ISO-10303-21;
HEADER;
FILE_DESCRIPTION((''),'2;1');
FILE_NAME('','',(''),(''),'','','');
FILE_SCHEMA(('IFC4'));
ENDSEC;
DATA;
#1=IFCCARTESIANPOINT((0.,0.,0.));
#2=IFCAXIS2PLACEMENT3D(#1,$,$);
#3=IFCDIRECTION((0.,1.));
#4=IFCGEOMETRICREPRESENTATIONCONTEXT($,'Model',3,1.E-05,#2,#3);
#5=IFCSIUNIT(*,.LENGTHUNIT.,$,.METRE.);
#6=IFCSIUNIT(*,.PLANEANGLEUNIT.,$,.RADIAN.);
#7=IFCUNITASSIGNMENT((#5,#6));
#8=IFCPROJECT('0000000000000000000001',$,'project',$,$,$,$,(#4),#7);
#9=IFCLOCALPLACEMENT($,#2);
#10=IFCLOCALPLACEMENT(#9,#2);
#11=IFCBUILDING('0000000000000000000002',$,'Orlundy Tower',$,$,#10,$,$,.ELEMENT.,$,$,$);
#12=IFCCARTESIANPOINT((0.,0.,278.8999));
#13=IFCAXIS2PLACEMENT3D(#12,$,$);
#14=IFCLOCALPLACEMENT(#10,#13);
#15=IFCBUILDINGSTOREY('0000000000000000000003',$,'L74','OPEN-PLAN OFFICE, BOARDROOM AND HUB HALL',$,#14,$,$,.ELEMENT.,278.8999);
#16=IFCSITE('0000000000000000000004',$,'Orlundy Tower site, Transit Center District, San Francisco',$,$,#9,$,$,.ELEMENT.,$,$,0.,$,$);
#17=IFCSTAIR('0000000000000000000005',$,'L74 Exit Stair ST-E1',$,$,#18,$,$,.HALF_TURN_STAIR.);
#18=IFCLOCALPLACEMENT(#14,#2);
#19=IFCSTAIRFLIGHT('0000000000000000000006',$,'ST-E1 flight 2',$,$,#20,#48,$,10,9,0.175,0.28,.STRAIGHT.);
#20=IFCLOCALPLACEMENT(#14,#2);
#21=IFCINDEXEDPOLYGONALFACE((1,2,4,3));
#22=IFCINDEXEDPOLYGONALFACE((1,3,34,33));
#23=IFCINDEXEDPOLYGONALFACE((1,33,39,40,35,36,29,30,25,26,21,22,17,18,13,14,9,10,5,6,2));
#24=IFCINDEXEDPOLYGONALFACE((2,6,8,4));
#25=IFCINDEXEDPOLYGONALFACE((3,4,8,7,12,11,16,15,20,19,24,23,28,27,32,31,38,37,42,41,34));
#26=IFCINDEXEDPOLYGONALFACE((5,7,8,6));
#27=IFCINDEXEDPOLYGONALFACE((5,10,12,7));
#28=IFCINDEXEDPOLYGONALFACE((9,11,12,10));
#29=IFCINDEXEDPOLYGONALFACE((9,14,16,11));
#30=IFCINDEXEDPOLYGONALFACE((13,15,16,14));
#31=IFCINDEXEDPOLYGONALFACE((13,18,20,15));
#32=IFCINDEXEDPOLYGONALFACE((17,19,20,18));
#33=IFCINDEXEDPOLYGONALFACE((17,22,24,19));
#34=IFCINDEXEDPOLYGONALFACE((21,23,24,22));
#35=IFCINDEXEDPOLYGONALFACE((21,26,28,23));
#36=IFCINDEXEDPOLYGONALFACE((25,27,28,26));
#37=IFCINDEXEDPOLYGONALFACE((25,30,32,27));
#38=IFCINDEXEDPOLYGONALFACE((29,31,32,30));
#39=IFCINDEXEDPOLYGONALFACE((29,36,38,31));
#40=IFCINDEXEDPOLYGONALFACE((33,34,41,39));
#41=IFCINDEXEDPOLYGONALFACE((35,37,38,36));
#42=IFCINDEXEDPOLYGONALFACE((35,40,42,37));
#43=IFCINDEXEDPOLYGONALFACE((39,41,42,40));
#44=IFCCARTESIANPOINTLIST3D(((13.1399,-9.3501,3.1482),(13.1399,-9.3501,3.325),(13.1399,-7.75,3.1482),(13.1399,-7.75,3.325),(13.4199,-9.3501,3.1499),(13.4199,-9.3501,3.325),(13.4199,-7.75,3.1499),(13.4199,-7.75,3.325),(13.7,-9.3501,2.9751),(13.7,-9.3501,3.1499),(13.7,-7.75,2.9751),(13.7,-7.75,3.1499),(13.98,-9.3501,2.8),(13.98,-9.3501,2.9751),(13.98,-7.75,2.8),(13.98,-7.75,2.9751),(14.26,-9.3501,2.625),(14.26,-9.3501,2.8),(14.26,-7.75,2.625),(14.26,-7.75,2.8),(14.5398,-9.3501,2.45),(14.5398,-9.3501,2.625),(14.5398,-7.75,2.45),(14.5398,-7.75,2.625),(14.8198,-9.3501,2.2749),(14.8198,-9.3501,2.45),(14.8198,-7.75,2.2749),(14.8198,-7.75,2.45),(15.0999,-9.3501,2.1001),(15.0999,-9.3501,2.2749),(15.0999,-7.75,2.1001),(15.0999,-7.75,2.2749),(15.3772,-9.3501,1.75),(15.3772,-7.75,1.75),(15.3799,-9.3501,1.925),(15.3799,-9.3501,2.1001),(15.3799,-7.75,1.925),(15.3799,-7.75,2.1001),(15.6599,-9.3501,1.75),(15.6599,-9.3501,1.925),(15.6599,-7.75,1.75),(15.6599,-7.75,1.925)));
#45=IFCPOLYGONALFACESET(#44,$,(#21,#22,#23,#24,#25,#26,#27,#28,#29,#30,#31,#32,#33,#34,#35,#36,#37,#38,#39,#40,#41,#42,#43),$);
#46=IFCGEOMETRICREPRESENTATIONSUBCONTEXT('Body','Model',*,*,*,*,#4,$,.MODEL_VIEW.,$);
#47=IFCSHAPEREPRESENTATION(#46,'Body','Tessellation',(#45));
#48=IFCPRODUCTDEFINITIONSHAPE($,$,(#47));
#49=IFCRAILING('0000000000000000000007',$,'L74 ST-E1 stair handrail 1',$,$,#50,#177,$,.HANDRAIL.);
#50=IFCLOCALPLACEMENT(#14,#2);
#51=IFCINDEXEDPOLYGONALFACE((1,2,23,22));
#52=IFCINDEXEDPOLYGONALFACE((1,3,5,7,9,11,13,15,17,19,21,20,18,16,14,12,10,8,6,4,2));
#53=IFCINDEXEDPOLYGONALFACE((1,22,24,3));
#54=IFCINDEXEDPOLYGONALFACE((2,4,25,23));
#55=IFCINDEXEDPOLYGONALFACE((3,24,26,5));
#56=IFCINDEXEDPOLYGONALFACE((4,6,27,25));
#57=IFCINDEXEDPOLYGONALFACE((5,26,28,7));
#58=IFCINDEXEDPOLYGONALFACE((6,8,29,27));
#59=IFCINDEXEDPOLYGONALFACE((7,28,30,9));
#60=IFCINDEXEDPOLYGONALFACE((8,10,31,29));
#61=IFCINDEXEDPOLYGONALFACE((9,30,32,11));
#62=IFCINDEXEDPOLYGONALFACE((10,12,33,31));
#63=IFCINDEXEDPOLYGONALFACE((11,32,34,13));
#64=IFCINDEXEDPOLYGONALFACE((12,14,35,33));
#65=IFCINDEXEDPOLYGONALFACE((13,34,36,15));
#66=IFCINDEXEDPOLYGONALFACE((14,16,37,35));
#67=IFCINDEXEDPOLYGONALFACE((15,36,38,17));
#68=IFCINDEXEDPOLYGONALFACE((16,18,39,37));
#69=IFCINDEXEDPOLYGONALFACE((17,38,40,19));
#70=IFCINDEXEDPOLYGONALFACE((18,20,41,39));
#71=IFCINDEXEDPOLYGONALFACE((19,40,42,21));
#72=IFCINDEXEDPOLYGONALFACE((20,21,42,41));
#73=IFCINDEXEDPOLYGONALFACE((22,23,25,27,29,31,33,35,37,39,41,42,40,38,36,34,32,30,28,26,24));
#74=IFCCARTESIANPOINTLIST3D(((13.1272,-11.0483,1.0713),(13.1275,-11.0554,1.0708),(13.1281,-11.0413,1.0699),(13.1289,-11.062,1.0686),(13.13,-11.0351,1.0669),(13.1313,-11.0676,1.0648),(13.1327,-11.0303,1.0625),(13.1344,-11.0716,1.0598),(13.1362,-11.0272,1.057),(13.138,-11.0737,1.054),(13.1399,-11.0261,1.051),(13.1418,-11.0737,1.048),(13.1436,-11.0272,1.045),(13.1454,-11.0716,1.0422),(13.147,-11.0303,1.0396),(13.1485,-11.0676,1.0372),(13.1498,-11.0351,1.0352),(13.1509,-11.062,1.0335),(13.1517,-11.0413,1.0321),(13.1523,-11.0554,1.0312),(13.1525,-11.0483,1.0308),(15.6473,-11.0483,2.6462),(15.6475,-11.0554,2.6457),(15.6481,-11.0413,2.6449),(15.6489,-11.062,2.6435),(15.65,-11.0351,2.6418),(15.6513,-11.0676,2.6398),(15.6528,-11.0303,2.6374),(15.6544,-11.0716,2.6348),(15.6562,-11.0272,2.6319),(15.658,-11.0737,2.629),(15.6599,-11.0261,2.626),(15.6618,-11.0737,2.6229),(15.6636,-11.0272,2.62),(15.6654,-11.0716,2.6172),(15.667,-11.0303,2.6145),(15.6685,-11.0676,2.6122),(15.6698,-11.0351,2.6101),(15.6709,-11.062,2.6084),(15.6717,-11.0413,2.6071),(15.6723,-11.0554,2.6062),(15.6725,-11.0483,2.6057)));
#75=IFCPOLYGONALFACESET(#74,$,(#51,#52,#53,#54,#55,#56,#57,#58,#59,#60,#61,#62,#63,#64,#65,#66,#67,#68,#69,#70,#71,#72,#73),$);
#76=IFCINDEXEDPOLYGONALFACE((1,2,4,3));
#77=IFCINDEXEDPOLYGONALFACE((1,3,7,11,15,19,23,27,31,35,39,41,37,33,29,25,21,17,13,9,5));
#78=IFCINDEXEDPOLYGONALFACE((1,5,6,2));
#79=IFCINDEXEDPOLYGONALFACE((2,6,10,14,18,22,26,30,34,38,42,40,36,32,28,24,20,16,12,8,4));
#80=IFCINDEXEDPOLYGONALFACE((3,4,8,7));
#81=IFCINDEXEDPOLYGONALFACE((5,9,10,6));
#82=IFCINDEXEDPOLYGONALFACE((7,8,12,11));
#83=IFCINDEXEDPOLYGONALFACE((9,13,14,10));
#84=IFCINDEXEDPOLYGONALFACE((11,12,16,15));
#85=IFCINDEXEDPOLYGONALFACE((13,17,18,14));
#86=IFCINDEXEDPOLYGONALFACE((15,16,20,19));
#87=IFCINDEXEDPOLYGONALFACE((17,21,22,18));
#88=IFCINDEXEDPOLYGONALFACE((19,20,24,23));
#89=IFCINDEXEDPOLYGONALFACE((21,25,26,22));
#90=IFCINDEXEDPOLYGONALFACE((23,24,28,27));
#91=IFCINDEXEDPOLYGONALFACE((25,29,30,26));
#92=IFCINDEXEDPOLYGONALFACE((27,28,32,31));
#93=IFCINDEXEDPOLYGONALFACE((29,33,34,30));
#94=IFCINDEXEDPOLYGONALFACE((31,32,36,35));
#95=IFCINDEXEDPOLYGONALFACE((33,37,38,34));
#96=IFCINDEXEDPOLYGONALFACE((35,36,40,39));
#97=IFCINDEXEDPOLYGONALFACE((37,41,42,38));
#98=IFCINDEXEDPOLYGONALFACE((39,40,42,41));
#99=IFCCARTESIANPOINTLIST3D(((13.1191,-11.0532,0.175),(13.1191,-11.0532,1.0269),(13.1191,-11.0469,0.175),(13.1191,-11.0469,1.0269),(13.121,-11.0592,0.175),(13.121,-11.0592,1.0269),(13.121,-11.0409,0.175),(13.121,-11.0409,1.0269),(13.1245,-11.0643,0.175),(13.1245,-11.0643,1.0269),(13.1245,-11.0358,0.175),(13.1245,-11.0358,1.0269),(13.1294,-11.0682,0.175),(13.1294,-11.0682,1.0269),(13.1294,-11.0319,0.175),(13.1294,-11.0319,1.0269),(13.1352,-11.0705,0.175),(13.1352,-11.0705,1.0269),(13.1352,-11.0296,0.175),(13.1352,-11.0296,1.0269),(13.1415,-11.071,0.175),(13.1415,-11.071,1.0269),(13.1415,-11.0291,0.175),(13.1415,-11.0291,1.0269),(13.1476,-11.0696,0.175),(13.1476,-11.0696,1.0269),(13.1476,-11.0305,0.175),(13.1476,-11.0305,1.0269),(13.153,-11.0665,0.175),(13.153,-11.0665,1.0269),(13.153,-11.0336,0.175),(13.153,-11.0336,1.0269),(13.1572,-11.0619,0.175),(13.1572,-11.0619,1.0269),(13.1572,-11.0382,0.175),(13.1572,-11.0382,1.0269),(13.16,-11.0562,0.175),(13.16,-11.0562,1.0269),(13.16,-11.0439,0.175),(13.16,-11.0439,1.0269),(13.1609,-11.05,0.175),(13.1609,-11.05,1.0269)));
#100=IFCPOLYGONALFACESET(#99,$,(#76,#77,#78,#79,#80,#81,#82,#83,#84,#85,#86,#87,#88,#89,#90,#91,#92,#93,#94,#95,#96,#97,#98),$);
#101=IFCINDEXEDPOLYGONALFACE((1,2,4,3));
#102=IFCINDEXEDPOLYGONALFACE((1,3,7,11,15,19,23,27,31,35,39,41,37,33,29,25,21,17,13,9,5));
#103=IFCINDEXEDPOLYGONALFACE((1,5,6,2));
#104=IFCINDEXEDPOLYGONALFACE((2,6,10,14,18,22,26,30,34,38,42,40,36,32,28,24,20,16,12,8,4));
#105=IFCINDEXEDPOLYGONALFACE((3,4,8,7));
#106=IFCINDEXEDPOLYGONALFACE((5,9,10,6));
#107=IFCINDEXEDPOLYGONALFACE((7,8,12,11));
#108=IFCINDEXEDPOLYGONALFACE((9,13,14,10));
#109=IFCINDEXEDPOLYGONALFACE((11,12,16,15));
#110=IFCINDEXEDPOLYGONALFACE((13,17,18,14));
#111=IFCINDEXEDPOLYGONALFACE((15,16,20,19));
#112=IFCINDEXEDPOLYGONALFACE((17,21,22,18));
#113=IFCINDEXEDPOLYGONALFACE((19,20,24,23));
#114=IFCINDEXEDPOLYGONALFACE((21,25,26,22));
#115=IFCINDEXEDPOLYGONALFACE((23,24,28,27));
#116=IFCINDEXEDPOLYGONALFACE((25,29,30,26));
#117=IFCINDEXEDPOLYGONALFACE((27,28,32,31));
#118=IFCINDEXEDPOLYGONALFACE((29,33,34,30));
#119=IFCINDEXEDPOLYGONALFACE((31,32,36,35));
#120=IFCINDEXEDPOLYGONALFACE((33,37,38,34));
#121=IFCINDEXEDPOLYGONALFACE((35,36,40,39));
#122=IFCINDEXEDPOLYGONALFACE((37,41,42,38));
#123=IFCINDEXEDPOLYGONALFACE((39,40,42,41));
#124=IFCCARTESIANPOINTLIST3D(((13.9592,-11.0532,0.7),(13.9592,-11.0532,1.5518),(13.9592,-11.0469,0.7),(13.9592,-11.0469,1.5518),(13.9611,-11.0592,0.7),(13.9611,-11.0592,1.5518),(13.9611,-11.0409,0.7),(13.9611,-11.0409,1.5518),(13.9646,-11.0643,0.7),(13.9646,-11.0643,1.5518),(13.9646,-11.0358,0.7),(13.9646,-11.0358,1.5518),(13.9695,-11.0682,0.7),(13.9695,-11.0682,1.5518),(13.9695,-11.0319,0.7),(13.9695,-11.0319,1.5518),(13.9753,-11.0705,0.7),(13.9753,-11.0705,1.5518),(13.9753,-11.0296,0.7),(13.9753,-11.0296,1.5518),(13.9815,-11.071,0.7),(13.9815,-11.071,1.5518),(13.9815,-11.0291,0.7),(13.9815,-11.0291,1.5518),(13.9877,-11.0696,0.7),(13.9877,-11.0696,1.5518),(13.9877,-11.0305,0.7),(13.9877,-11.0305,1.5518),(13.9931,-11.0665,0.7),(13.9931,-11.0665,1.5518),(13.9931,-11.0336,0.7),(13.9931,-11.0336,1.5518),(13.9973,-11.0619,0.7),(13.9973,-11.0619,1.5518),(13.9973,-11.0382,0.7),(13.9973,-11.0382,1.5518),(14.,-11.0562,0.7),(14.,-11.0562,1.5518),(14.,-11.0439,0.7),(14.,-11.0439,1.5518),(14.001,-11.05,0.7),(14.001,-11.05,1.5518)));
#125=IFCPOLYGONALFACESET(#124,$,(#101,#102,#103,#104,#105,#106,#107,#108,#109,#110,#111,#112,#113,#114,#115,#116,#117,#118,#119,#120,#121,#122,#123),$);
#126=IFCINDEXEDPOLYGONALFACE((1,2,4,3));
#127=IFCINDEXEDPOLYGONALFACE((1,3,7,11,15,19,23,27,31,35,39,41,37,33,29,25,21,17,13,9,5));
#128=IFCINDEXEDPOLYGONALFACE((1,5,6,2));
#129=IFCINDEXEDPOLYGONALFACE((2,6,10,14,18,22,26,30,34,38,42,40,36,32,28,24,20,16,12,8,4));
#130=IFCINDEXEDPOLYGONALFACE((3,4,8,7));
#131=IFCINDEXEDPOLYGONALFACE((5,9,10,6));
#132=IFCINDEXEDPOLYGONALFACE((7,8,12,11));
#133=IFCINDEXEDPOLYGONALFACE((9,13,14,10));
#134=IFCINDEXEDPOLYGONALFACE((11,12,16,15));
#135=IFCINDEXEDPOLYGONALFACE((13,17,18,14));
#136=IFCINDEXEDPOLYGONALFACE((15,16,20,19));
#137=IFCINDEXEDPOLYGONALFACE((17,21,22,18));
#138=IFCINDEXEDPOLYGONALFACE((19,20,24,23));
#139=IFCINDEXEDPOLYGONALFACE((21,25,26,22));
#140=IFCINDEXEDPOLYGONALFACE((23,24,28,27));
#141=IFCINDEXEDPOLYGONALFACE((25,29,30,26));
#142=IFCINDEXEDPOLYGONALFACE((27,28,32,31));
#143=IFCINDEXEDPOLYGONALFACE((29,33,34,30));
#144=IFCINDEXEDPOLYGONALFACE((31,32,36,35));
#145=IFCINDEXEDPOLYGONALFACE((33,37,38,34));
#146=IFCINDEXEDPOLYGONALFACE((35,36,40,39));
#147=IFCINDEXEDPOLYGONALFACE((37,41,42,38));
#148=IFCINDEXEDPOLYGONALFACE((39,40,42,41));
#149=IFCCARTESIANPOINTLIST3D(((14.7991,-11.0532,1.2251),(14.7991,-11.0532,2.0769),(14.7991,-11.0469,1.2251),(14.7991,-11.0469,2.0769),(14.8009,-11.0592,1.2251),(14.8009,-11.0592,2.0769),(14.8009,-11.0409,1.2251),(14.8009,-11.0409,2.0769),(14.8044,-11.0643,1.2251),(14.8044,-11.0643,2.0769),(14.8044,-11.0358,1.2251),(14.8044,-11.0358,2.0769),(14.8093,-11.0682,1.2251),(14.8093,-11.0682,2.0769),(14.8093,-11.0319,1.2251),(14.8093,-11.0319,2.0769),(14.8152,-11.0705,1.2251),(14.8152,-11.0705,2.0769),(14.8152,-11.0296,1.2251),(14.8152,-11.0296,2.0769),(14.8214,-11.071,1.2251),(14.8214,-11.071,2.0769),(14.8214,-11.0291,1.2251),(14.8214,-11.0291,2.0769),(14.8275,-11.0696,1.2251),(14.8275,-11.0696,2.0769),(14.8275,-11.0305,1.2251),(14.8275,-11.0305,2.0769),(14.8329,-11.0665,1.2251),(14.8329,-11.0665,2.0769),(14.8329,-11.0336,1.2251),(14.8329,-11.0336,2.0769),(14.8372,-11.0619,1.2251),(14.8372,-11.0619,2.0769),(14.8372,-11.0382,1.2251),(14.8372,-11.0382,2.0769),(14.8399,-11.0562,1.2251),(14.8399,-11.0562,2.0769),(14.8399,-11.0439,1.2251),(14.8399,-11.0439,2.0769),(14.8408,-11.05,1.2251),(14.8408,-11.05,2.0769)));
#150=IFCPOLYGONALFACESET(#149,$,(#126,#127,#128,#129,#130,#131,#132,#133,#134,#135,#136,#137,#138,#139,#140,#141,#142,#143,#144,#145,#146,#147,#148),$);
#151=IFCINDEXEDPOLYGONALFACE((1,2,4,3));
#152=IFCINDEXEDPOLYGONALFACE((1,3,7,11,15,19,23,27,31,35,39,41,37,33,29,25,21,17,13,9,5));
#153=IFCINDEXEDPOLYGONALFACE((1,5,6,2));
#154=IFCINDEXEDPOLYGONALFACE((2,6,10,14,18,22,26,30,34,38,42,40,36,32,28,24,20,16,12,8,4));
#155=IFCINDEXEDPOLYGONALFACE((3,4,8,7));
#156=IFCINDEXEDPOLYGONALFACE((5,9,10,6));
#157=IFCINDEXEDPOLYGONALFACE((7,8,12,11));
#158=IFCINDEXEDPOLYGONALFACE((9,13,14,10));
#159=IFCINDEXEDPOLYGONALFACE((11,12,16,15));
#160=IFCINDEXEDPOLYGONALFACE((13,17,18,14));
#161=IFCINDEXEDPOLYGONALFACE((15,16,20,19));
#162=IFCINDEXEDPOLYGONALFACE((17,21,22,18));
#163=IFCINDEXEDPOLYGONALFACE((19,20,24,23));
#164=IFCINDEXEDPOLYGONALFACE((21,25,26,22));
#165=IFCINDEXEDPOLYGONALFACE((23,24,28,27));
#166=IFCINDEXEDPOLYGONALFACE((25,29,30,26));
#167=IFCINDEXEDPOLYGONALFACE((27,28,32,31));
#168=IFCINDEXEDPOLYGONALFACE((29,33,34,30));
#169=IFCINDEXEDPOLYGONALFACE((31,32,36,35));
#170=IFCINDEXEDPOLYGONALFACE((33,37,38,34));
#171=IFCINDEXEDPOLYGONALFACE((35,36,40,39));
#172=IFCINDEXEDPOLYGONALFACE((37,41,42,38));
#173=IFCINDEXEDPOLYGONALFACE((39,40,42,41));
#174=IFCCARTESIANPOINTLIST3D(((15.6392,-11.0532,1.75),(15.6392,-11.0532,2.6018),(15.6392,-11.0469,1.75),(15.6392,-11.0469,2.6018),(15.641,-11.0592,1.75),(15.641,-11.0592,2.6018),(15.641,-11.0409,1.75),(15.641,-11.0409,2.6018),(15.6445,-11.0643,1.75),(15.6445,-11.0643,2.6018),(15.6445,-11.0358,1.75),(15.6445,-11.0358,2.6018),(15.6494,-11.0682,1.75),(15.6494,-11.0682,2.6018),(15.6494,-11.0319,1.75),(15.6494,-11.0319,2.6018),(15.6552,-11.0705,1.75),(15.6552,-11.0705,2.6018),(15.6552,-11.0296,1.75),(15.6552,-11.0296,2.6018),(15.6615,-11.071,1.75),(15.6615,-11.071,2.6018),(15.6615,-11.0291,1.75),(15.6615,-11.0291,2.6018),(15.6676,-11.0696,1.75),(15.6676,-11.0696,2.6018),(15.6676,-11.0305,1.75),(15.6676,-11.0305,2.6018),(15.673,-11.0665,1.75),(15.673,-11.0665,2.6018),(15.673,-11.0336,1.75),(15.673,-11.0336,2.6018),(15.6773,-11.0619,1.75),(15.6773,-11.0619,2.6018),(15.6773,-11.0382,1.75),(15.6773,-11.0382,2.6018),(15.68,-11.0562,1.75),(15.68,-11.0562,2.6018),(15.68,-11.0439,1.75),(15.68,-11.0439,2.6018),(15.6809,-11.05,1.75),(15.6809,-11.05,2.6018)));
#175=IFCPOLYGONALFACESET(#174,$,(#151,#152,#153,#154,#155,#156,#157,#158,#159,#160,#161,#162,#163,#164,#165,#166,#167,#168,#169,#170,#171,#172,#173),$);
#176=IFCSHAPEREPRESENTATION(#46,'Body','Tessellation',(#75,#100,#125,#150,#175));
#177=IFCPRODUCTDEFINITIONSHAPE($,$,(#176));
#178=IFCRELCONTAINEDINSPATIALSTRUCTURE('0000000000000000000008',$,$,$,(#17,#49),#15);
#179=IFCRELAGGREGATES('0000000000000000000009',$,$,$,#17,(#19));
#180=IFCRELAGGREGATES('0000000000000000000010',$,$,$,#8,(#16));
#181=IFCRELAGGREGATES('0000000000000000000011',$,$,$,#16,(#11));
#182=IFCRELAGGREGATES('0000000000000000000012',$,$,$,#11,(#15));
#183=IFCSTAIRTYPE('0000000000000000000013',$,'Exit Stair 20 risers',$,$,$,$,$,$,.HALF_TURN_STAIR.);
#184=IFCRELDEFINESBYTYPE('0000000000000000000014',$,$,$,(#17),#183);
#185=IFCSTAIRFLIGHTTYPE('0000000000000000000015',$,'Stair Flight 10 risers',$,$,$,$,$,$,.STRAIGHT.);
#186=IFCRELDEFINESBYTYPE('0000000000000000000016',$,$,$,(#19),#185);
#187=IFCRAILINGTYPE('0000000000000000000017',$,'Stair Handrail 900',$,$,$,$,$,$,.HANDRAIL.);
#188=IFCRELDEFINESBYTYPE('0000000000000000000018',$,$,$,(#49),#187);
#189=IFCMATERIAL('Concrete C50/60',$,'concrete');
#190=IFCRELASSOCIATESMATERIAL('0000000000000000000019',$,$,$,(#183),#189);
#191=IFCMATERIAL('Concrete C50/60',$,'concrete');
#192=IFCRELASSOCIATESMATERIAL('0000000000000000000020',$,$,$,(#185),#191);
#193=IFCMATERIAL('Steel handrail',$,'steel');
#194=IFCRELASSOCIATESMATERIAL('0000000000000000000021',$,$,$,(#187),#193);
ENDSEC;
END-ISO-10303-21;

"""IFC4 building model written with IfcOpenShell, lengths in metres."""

from ifc_helpers import new_model, si_unit, direction, frame, origin, origin_2d, place, context, subcontext, project, spatial, polyline, circle, outline, extrude, material, type_object, element, aggregate, save


model = new_model("IFC4")

# Units and contexts
model_context = context("Model", 3, precision=1e-05, world=origin(), true_north=direction((0.0, 1.0)))
body_context = subcontext(model_context, "Body", "Model", "MODEL_VIEW")
ifc_project = project(units=[si_unit("LENGTHUNIT", "METRE"), si_unit("PLANEANGLEUNIT", "RADIAN")], contexts=[model_context])

# Site, building, storey
site_placement = place(None, origin())
site = spatial("IfcSite", under=ifc_project, at=site_placement, Name="Orlundy Tower site, Transit Center District, San Francisco", CompositionType="ELEMENT", RefElevation=0.0)
building_placement = place(site_placement, origin())
building = spatial("IfcBuilding", under=site, at=building_placement, Name="Orlundy Tower", CompositionType="ELEMENT")
storey_placement = place(building_placement, frame((0.0, 0.0, 278.8999)))
storey = spatial("IfcBuildingStorey", under=building, at=storey_placement, Name="L74", Description="OPEN-PLAN OFFICE, BOARDROOM AND HUB HALL", CompositionType="ELEMENT", Elevation=278.8999)

# Stair, stair flight
ifc_material_1 = material(Name="Concrete C50/60", Category="concrete")
stair_type = type_object("IfcStairType", Name="Exit Stair 20 risers", PredefinedType="HALF_TURN_STAIR", material=ifc_material_1)
stair_placement = place(storey_placement, origin())
stair = element("IfcStair", 1, at=stair_placement, inside=storey, type_object=stair_type, Name="L74 Exit Stair ST-E1", PredefinedType="HALF_TURN_STAIR")
ifc_material_2 = material(Name="Concrete C50/60", Category="concrete")
stair_flight_type = type_object("IfcStairFlightType", Name="Stair Flight 10 risers", PredefinedType="STRAIGHT", material=ifc_material_2)
stair_flight_1_placement = place(storey_placement, frame((15.6599, -8.55, 1.75), z_axis=(0.0, 0.0, 1.0), x_axis=(-1.0, 0.0, 0.0)))
stair_flight_1 = element("IfcStairFlight", 2, at=stair_flight_1_placement, type_object=stair_flight_type, Name="ST-E1 flight 2", NumberOfRisers=10, NumberOfTreads=9, PredefinedType="STRAIGHT", RiserHeight=0.175, TreadLength=0.28, context=body_context, shape_type="SweptSolid", body=[
    extrude(outline(polyline([(0.0, 0.0), (0.0, 0.175), (0.28, 0.175), (0.28, 0.3501), (0.5601, 0.3501), (0.5601, 0.5249), (0.8401, 0.5249), (0.8401, 0.7), (1.1201, 0.7), (1.1201, 0.875), (1.3999, 0.875), (1.3999, 1.05), (1.6799, 1.05), (1.6799, 1.2251), (1.96, 1.2251), (1.96, 1.3999), (2.24, 1.3999), (2.24, 1.575), (2.52, 1.575), (2.52, 1.75), (2.52, 1.3982), (0.2827, 0.0), (0.0, 0.0)])), frame((0.0, 0.8, 0.0), z_axis=(0.0, -1.0, 0.0), x_axis=(1.0, 0.0, 0.0)), (0.0, 0.0, 1.0), 1.6001),
])
aggregate(stair, [stair_flight_1])

# Railing
ifc_material_3 = material(Name="Steel handrail", Category="steel")
railing_type_1 = type_object("IfcRailingType", Name="Stair Handrail 900", PredefinedType="HANDRAIL", material=ifc_material_3)
railing_1_placement = place(storey_placement, frame((13.1399, -11.05, 0.175)))
element("IfcRailing", 3, at=railing_1_placement, inside=storey, type_object=railing_type_1, Name="L74 ST-E1 stair handrail 1", PredefinedType="HANDRAIL", context=body_context, shape_type="SweptSolid", body=[
    extrude(circle(Radius=0.0239, at=origin_2d()), frame((0.0, 0.0, 0.876), z_axis=(0.848008, 0.0, 0.529984), x_axis=(0.0, 1.0, 0.0)), (0.0, 0.0, 1.0), 2.9717),
    extrude(circle(Radius=0.021, at=origin_2d()), origin(), (0.0, 0.0, 1.0), 0.8518),
    extrude(circle(Radius=0.021, at=origin_2d()), frame((0.8401, 0.0, 0.5249)), (0.0, 0.0, 1.0), 0.8518),
    extrude(circle(Radius=0.021, at=origin_2d()), frame((1.6799, 0.0, 1.05)), (0.0, 0.0, 1.0), 0.8518),
    extrude(circle(Radius=0.021, at=origin_2d()), frame((2.52, 0.0, 1.575)), (0.0, 0.0, 1.0), 0.8518),
])

save(model, "model.ifc")
